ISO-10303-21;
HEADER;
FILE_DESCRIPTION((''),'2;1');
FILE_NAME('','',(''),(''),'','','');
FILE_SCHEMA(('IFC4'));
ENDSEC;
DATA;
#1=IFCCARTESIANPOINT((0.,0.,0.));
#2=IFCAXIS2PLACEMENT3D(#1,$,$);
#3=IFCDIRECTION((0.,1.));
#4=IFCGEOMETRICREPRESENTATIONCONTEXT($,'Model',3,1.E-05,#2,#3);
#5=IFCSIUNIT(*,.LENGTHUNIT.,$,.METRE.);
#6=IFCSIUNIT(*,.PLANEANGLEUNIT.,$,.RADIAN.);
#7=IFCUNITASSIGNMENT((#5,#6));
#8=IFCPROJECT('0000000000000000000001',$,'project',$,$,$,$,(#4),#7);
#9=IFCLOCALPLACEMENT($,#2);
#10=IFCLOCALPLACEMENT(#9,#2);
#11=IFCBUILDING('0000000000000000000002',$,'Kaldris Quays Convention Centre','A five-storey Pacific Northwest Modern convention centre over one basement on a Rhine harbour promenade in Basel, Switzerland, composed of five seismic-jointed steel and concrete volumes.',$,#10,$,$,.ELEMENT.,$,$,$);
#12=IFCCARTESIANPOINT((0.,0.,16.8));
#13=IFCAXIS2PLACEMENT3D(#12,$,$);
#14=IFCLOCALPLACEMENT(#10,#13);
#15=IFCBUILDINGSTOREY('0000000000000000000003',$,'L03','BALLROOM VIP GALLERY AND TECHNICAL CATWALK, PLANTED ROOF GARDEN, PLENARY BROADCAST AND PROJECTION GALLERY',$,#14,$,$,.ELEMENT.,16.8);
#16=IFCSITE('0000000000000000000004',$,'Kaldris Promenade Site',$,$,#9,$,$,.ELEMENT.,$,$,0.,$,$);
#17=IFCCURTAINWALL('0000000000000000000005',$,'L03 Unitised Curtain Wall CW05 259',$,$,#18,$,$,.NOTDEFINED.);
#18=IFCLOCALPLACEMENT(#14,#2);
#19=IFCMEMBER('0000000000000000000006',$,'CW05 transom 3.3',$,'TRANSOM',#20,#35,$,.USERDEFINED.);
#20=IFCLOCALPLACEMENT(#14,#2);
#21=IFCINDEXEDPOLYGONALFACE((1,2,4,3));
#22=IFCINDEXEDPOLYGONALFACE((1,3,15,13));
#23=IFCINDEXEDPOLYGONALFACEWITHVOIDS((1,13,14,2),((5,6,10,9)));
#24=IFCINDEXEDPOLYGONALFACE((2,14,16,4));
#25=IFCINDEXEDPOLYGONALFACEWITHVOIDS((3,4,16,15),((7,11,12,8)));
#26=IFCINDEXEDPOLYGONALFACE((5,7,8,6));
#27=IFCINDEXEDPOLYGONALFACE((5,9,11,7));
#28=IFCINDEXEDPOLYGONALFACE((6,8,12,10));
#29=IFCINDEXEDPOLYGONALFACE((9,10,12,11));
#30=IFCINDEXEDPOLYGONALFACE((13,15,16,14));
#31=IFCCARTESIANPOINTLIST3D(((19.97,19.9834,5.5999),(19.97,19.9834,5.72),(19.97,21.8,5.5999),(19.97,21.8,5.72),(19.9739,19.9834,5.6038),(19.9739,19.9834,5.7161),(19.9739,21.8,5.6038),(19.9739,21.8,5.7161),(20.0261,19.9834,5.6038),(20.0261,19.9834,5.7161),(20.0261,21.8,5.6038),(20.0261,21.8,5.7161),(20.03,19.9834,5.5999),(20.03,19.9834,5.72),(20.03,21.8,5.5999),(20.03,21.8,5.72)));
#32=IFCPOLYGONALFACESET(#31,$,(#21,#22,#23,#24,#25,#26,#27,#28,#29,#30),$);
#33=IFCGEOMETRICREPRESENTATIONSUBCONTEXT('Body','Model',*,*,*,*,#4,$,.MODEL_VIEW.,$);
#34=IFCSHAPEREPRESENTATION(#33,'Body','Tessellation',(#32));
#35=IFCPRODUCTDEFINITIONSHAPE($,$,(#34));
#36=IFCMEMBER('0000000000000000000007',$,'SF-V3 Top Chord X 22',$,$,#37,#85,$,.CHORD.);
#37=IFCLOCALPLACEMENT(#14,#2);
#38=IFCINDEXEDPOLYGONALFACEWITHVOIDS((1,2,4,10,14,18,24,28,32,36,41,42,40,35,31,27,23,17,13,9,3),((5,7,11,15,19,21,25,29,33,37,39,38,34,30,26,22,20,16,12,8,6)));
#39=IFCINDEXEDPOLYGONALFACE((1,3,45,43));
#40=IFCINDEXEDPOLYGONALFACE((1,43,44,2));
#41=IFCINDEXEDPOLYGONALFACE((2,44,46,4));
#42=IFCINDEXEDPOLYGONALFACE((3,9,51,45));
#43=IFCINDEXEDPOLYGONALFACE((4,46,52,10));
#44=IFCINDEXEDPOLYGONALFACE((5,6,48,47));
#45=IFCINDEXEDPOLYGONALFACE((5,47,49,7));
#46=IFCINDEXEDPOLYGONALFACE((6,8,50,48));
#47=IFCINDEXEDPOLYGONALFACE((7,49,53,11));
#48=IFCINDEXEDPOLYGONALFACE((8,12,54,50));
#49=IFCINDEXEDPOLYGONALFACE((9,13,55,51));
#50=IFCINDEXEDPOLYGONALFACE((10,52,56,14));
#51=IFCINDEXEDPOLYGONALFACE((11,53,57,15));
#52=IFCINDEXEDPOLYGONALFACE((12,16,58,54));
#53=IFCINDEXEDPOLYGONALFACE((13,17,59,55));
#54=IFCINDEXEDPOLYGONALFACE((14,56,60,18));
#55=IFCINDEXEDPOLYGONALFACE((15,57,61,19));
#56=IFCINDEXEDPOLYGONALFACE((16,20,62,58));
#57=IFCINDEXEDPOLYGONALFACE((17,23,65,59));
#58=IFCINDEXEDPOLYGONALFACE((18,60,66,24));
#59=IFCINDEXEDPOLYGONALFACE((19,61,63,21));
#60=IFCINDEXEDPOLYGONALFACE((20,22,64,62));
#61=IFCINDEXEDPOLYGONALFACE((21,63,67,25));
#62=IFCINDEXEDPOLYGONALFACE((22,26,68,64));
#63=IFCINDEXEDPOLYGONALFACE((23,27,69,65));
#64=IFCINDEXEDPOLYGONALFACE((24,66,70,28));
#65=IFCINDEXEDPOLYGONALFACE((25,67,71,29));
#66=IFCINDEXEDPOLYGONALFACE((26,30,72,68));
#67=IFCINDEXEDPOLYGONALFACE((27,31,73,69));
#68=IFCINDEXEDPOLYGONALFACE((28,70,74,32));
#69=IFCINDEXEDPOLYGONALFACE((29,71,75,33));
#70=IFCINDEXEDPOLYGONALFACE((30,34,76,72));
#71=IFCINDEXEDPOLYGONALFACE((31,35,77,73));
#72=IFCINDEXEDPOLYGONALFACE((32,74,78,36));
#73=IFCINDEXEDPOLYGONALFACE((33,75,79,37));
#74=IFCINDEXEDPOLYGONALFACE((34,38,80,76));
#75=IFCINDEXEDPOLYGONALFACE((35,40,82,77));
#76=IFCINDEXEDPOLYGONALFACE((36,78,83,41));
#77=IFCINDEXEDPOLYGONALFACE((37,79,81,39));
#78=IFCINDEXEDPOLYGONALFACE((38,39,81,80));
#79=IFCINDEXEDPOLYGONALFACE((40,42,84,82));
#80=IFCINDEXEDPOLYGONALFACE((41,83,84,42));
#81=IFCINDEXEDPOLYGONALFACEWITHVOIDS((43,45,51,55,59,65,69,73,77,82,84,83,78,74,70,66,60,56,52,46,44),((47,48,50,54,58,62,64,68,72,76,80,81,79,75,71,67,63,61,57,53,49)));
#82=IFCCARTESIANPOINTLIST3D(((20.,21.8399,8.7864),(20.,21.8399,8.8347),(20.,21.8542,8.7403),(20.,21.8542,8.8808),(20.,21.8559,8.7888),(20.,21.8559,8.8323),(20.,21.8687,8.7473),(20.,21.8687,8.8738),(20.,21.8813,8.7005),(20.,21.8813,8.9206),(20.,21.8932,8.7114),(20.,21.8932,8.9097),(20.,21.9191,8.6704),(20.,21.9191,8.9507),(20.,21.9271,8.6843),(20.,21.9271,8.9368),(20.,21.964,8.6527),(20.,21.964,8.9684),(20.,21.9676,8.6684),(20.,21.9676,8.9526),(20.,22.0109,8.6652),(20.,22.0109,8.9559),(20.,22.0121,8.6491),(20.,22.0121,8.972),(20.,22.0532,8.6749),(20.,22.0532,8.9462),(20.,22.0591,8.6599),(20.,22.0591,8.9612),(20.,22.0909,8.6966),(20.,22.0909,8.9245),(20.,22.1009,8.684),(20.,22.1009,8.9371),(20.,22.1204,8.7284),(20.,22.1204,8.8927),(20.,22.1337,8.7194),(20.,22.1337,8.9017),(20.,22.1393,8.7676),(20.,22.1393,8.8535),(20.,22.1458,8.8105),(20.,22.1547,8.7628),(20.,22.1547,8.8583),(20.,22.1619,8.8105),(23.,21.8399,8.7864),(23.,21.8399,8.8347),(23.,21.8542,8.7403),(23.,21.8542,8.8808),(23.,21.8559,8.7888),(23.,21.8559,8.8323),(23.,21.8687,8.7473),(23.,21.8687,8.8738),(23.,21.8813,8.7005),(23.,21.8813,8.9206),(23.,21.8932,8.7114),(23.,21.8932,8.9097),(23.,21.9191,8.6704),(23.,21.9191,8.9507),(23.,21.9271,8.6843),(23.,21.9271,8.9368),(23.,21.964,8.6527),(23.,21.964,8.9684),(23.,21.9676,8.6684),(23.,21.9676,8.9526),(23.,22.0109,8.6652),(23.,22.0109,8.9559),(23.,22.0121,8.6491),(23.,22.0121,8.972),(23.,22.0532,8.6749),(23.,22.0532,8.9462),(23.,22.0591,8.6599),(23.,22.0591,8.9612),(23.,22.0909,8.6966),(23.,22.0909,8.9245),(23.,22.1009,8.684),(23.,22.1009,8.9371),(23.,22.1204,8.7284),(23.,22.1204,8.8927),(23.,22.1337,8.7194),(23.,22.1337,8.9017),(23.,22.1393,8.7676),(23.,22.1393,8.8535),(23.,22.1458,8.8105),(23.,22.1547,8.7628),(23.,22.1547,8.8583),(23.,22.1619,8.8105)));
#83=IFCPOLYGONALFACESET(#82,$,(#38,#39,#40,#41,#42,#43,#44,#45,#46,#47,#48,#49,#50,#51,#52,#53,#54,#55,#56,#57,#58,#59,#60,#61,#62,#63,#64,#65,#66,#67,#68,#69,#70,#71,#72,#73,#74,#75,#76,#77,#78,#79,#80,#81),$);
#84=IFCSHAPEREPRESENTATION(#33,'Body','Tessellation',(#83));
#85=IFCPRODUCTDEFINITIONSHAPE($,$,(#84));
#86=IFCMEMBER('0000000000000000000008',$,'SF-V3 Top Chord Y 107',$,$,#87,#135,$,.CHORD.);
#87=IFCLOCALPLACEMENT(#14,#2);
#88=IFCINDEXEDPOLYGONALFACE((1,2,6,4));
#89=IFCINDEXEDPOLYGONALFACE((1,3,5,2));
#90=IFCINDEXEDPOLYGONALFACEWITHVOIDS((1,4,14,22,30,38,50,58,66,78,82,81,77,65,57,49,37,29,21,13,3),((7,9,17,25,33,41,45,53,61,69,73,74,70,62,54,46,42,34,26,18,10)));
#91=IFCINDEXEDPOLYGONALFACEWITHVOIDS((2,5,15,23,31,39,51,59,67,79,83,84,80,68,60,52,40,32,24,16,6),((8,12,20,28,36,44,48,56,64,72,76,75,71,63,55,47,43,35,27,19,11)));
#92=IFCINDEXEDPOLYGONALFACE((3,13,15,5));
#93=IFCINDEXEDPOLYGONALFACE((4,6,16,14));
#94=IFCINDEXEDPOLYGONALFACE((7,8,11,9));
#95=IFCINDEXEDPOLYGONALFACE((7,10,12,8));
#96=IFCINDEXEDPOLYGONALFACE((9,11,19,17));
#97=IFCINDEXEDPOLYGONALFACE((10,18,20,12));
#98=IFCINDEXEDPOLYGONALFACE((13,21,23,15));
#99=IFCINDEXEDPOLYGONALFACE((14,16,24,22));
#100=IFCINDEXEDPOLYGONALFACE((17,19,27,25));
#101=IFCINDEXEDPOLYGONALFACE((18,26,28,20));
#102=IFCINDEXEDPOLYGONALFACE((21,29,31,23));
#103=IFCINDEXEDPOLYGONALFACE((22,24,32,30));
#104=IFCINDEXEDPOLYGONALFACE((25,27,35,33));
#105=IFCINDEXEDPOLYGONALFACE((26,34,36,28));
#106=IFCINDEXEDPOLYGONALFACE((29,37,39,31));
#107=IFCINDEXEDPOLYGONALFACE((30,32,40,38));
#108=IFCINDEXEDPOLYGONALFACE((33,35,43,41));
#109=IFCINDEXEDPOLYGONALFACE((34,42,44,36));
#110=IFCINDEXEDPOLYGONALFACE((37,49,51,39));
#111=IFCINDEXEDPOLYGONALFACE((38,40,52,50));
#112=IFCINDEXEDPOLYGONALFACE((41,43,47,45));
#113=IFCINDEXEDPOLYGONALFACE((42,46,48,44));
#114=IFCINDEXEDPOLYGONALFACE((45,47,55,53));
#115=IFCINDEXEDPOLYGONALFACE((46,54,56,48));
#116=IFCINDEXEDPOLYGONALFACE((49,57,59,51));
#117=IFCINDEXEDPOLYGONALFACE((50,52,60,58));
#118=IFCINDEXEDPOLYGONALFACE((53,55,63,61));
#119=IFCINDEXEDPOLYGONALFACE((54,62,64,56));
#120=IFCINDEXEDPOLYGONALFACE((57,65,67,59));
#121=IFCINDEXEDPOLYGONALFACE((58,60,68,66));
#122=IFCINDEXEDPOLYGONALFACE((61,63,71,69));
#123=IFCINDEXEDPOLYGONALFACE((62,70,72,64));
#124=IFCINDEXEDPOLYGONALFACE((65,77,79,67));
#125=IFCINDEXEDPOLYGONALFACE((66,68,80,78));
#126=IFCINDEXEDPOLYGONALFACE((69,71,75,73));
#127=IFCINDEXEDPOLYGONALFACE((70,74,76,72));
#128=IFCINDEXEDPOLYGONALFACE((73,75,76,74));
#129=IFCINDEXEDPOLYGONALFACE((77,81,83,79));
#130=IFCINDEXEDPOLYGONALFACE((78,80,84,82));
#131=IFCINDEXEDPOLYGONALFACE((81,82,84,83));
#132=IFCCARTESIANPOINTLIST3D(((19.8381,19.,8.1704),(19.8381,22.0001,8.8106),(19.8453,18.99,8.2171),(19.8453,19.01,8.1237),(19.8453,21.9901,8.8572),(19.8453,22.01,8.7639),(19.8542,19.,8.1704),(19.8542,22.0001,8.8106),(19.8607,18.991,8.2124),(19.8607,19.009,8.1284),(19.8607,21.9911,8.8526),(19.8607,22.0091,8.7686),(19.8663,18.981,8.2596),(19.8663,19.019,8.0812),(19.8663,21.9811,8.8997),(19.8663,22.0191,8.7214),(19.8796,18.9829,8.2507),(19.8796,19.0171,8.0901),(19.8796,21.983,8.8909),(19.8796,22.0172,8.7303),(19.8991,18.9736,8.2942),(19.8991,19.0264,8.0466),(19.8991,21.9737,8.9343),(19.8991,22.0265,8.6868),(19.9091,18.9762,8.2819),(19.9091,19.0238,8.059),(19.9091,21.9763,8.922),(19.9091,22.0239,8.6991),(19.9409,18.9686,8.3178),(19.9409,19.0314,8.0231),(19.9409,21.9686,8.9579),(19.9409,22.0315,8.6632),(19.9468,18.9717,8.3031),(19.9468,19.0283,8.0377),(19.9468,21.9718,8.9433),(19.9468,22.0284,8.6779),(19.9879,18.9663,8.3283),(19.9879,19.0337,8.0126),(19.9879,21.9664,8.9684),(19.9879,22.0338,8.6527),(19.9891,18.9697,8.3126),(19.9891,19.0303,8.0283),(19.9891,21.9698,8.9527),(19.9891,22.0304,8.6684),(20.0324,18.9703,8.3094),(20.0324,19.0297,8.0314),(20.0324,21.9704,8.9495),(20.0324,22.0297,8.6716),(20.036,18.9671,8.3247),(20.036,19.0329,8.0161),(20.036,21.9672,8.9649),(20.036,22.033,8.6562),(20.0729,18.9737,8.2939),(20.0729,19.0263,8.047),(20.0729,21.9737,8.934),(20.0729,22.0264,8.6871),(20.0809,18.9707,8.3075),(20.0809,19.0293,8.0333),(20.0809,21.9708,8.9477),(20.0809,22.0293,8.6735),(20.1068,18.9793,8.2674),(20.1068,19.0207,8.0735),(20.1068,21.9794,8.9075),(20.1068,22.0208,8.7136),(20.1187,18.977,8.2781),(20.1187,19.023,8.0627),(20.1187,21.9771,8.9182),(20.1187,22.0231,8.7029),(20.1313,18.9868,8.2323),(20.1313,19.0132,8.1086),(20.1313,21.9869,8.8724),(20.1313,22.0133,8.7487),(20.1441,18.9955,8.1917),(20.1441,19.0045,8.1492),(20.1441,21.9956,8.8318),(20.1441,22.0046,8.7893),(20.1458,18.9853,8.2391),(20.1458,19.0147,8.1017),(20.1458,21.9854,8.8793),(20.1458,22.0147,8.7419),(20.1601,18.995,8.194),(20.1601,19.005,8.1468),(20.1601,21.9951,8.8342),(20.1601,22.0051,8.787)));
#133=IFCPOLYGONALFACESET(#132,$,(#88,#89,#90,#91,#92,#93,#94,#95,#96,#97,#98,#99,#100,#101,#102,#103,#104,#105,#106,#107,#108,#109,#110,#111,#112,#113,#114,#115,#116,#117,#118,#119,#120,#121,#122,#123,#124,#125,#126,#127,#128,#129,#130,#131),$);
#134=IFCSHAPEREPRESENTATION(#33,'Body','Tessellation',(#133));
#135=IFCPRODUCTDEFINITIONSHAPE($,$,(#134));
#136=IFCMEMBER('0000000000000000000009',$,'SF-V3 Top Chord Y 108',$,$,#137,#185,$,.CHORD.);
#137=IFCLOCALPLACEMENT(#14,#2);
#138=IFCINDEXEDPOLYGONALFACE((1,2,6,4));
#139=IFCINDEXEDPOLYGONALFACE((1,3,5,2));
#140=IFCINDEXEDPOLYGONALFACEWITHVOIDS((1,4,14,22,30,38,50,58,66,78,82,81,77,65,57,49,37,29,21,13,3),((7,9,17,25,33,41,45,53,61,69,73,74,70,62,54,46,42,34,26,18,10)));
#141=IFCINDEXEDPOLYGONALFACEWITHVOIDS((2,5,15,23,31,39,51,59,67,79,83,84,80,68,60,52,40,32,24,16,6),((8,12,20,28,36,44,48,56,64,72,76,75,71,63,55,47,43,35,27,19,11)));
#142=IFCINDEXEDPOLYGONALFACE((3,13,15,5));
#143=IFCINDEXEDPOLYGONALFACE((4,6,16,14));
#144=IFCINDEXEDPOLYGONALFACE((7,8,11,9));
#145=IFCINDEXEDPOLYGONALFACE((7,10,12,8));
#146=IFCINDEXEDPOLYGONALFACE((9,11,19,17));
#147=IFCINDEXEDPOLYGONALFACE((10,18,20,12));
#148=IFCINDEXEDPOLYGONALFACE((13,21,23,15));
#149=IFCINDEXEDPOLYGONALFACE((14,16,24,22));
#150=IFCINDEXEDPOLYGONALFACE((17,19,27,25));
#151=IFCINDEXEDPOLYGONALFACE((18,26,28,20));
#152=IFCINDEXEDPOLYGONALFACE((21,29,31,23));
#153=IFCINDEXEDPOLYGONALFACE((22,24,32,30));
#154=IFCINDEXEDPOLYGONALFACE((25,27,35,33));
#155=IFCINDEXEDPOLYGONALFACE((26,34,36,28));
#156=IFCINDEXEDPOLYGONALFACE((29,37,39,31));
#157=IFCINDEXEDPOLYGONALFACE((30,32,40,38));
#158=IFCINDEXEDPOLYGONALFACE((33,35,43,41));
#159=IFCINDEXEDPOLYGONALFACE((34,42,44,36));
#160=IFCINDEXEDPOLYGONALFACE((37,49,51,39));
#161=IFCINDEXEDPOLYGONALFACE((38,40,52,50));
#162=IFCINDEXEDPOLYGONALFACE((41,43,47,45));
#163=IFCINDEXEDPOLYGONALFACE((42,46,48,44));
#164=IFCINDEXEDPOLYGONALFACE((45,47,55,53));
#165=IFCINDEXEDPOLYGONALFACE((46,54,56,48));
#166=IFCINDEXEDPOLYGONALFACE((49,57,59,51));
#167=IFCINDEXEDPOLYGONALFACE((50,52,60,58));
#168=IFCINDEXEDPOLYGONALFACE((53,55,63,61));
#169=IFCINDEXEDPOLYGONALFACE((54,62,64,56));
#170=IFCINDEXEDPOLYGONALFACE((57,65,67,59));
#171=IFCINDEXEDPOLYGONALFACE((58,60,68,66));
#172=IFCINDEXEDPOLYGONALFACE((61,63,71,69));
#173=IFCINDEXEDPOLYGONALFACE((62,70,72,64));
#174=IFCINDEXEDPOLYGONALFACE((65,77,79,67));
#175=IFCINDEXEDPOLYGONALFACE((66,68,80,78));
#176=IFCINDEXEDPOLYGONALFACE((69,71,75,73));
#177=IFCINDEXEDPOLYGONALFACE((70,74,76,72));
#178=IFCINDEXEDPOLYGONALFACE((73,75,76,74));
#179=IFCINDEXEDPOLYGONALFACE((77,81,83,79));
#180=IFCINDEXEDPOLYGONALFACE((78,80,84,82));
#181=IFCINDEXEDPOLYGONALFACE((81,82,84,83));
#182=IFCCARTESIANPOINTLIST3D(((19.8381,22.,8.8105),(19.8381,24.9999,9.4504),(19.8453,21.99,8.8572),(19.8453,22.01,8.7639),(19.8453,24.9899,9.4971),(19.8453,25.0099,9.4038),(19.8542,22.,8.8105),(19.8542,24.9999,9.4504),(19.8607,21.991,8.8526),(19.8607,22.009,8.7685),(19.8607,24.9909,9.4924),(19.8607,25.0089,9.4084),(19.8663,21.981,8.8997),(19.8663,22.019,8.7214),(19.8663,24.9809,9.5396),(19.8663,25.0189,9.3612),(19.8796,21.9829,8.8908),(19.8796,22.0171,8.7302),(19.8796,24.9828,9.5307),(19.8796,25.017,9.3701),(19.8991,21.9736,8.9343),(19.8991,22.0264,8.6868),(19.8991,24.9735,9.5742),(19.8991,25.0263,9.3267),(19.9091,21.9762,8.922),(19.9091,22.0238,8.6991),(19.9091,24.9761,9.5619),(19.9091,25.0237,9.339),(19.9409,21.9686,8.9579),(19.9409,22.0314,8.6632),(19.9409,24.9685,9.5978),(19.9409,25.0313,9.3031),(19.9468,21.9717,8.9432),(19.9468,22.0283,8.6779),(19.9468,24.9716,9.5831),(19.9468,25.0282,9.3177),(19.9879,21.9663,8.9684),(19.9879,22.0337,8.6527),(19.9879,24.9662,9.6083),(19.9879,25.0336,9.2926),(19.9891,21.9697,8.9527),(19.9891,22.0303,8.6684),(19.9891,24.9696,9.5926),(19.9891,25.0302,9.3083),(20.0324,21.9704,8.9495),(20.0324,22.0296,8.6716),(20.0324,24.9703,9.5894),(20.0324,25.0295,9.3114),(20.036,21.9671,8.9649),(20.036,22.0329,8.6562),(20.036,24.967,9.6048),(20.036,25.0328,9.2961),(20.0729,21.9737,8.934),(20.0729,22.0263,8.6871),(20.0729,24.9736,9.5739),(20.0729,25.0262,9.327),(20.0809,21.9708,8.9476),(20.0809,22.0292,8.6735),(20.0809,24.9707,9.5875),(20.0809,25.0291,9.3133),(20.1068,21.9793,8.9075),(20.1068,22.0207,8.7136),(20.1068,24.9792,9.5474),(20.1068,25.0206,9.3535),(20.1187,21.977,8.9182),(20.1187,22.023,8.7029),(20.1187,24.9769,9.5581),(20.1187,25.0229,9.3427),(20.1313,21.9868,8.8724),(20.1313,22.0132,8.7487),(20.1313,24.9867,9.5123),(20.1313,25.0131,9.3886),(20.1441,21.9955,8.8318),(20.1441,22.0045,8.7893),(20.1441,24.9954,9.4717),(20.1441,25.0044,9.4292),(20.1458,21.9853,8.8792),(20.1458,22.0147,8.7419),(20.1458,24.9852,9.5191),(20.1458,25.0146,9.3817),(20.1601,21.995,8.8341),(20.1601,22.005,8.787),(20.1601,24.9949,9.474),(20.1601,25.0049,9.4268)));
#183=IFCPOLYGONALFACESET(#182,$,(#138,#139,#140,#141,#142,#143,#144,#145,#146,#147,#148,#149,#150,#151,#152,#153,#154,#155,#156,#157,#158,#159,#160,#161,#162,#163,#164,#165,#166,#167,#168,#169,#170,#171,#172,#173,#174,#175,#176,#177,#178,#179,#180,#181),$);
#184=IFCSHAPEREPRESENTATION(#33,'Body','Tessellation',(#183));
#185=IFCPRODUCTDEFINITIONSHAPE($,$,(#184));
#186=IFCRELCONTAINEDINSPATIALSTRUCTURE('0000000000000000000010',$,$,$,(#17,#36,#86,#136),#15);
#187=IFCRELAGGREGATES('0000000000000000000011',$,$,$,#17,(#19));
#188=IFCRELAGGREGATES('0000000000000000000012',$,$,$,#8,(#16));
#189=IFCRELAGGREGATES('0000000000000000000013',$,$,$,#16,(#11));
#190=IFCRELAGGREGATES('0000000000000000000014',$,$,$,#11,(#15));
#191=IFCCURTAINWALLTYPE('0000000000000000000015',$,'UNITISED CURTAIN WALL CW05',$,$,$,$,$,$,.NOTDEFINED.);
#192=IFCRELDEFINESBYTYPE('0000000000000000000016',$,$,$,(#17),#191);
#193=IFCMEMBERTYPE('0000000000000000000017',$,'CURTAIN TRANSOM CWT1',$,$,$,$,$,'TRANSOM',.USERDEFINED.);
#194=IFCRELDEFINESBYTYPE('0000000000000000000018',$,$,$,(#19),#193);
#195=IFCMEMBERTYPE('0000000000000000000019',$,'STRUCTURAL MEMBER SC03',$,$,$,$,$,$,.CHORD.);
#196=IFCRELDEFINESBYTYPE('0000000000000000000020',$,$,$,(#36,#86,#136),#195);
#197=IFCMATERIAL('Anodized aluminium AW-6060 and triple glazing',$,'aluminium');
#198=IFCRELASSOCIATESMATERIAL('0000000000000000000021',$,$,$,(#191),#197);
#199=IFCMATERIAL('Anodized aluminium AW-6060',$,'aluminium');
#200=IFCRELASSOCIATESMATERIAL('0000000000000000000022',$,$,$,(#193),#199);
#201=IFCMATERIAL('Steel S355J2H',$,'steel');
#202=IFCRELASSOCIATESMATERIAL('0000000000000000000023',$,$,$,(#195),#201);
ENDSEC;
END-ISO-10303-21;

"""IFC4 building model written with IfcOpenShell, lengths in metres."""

from ifc_helpers import new_model, si_unit, direction, frame, origin, origin_2d, place, context, subcontext, project, spatial, hollow_rectangle, hollow_circle, extrude, material, material_profile, profile_set, type_object, element, aggregate, save


model = new_model("IFC4")

# Units and contexts
model_context = context("Model", 3, precision=1e-05, world=origin(), true_north=direction((0.0, 1.0)))
body_context = subcontext(model_context, "Body", "Model", "MODEL_VIEW")
ifc_project = project(units=[si_unit("LENGTHUNIT", "METRE"), si_unit("PLANEANGLEUNIT", "RADIAN")], contexts=[model_context])

# Site, building, storey
site_placement = place(None, origin())
site = spatial("IfcSite", under=ifc_project, at=site_placement, Name="Kaldris Promenade Site", CompositionType="ELEMENT", RefElevation=0.0)
building_placement = place(site_placement, origin())
building = spatial("IfcBuilding", under=site, at=building_placement, Name="Kaldris Quays Convention Centre", Description="A five-storey Pacific Northwest Modern convention centre over one basement on a Rhine harbour promenade in Basel, Switzerland, composed of five seismic-jointed steel and concrete volumes.", CompositionType="ELEMENT")
storey_placement = place(building_placement, frame((0.0, 0.0, 16.8)))
storey = spatial("IfcBuildingStorey", under=building, at=storey_placement, Name="L03", Description="BALLROOM VIP GALLERY AND TECHNICAL CATWALK, PLANTED ROOF GARDEN, PLENARY BROADCAST AND PROJECTION GALLERY", CompositionType="ELEMENT", Elevation=16.8)

# Curtain wall, member
ifc_material_1 = material(Name="Anodized aluminium AW-6060 and triple glazing", Category="aluminium")
curtain_wall_type = type_object("IfcCurtainWallType", Name="UNITISED CURTAIN WALL CW05", PredefinedType="NOTDEFINED", material=ifc_material_1)
curtain_wall_placement = place(storey_placement, origin())
curtain_wall = element("IfcCurtainWall", 1, at=curtain_wall_placement, inside=storey, type_object=curtain_wall_type, Name="L03 Unitised Curtain Wall CW05 259", PredefinedType="NOTDEFINED")
ifc_material_2 = material(Name="Anodized aluminium AW-6060", Category="aluminium")
ifc_material_profile_1 = material_profile(ifc_material_2, hollow_rectangle(XDim=0.0601, YDim=0.1201, WallThickness=0.0039, at=origin_2d()), Name="RHS 120x60x4")
ifc_profile_set_1 = profile_set([ifc_material_profile_1], Name="Anodized aluminium AW-6060")
member_type_1 = type_object("IfcMemberType", Name="CURTAIN TRANSOM CWT1", ElementType="TRANSOM", PredefinedType="USERDEFINED", material=ifc_profile_set_1)
member_1_placement = place(storey_placement, frame((20.0, 19.9834, 5.6599), z_axis=(0.0, 1.0, 0.0), x_axis=(-1.0, 0.0, 0.0)))
member_1 = element("IfcMember", 2, at=member_1_placement, type_object=member_type_1, Name="CW05 transom 3.3", ObjectType="TRANSOM", PredefinedType="USERDEFINED", context=body_context, shape_type="SweptSolid", body=[
    extrude(hollow_rectangle(XDim=0.0601, YDim=0.1201, WallThickness=0.0039, at=origin_2d()), origin(), (0.0, 0.0, 1.0), 1.8167),
])

# Members
ifc_material_3 = material(Name="Steel S355J2H", Category="steel")
ifc_material_profile_2 = material_profile(ifc_material_3, hollow_circle(Radius=0.1619, WallThickness=0.0161, at=origin_2d()), Name="CHS 323.9x16")
ifc_profile_set_2 = profile_set([ifc_material_profile_2], Name="Steel S355J2H")
member_type_2 = type_object("IfcMemberType", Name="STRUCTURAL MEMBER SC03", PredefinedType="CHORD", material=ifc_profile_set_2)
member_2_placement = place(storey_placement, frame((20.0, 22.0, 8.8105), z_axis=(1.0, 0.0, 0.0), x_axis=(0.0, 1.0, 0.0)))
element("IfcMember", 3, at=member_2_placement, inside=storey, type_object=member_type_2, Name="SF-V3 Top Chord X 22", PredefinedType="CHORD", context=body_context, shape_type="SweptSolid", body=[
    extrude(hollow_circle(Radius=0.1619, WallThickness=0.0161, at=origin_2d()), origin(), (0.0, 0.0, 1.0), 3.0),
])
member_3_placement = place(storey_placement, frame((20.0, 19.0, 8.1704), z_axis=(0.0, 0.977984, 0.208681), x_axis=(-1.0, 0.0, 0.0)))
element("IfcMember", 4, at=member_3_placement, inside=storey, type_object=member_type_2, Name="SF-V3 Top Chord Y 107", PredefinedType="CHORD", context=body_context, shape_type="SweptSolid", body=[
    extrude(hollow_circle(Radius=0.1619, WallThickness=0.0161, at=origin_2d()), origin(), (0.0, 0.0, 1.0), 3.0676),
])
member_4_placement = place(storey_placement, frame((20.0, 22.0, 8.8105), z_axis=(0.0, 0.978, 0.208605), x_axis=(-1.0, 0.0, 0.0)))
element("IfcMember", 5, at=member_4_placement, inside=storey, type_object=member_type_2, Name="SF-V3 Top Chord Y 108", PredefinedType="CHORD", context=body_context, shape_type="SweptSolid", body=[
    extrude(hollow_circle(Radius=0.1619, WallThickness=0.0161, at=origin_2d()), origin(), (0.0, 0.0, 1.0), 3.0674),
])

aggregate(curtain_wall, [member_1])

save(model, "model.ifc")
